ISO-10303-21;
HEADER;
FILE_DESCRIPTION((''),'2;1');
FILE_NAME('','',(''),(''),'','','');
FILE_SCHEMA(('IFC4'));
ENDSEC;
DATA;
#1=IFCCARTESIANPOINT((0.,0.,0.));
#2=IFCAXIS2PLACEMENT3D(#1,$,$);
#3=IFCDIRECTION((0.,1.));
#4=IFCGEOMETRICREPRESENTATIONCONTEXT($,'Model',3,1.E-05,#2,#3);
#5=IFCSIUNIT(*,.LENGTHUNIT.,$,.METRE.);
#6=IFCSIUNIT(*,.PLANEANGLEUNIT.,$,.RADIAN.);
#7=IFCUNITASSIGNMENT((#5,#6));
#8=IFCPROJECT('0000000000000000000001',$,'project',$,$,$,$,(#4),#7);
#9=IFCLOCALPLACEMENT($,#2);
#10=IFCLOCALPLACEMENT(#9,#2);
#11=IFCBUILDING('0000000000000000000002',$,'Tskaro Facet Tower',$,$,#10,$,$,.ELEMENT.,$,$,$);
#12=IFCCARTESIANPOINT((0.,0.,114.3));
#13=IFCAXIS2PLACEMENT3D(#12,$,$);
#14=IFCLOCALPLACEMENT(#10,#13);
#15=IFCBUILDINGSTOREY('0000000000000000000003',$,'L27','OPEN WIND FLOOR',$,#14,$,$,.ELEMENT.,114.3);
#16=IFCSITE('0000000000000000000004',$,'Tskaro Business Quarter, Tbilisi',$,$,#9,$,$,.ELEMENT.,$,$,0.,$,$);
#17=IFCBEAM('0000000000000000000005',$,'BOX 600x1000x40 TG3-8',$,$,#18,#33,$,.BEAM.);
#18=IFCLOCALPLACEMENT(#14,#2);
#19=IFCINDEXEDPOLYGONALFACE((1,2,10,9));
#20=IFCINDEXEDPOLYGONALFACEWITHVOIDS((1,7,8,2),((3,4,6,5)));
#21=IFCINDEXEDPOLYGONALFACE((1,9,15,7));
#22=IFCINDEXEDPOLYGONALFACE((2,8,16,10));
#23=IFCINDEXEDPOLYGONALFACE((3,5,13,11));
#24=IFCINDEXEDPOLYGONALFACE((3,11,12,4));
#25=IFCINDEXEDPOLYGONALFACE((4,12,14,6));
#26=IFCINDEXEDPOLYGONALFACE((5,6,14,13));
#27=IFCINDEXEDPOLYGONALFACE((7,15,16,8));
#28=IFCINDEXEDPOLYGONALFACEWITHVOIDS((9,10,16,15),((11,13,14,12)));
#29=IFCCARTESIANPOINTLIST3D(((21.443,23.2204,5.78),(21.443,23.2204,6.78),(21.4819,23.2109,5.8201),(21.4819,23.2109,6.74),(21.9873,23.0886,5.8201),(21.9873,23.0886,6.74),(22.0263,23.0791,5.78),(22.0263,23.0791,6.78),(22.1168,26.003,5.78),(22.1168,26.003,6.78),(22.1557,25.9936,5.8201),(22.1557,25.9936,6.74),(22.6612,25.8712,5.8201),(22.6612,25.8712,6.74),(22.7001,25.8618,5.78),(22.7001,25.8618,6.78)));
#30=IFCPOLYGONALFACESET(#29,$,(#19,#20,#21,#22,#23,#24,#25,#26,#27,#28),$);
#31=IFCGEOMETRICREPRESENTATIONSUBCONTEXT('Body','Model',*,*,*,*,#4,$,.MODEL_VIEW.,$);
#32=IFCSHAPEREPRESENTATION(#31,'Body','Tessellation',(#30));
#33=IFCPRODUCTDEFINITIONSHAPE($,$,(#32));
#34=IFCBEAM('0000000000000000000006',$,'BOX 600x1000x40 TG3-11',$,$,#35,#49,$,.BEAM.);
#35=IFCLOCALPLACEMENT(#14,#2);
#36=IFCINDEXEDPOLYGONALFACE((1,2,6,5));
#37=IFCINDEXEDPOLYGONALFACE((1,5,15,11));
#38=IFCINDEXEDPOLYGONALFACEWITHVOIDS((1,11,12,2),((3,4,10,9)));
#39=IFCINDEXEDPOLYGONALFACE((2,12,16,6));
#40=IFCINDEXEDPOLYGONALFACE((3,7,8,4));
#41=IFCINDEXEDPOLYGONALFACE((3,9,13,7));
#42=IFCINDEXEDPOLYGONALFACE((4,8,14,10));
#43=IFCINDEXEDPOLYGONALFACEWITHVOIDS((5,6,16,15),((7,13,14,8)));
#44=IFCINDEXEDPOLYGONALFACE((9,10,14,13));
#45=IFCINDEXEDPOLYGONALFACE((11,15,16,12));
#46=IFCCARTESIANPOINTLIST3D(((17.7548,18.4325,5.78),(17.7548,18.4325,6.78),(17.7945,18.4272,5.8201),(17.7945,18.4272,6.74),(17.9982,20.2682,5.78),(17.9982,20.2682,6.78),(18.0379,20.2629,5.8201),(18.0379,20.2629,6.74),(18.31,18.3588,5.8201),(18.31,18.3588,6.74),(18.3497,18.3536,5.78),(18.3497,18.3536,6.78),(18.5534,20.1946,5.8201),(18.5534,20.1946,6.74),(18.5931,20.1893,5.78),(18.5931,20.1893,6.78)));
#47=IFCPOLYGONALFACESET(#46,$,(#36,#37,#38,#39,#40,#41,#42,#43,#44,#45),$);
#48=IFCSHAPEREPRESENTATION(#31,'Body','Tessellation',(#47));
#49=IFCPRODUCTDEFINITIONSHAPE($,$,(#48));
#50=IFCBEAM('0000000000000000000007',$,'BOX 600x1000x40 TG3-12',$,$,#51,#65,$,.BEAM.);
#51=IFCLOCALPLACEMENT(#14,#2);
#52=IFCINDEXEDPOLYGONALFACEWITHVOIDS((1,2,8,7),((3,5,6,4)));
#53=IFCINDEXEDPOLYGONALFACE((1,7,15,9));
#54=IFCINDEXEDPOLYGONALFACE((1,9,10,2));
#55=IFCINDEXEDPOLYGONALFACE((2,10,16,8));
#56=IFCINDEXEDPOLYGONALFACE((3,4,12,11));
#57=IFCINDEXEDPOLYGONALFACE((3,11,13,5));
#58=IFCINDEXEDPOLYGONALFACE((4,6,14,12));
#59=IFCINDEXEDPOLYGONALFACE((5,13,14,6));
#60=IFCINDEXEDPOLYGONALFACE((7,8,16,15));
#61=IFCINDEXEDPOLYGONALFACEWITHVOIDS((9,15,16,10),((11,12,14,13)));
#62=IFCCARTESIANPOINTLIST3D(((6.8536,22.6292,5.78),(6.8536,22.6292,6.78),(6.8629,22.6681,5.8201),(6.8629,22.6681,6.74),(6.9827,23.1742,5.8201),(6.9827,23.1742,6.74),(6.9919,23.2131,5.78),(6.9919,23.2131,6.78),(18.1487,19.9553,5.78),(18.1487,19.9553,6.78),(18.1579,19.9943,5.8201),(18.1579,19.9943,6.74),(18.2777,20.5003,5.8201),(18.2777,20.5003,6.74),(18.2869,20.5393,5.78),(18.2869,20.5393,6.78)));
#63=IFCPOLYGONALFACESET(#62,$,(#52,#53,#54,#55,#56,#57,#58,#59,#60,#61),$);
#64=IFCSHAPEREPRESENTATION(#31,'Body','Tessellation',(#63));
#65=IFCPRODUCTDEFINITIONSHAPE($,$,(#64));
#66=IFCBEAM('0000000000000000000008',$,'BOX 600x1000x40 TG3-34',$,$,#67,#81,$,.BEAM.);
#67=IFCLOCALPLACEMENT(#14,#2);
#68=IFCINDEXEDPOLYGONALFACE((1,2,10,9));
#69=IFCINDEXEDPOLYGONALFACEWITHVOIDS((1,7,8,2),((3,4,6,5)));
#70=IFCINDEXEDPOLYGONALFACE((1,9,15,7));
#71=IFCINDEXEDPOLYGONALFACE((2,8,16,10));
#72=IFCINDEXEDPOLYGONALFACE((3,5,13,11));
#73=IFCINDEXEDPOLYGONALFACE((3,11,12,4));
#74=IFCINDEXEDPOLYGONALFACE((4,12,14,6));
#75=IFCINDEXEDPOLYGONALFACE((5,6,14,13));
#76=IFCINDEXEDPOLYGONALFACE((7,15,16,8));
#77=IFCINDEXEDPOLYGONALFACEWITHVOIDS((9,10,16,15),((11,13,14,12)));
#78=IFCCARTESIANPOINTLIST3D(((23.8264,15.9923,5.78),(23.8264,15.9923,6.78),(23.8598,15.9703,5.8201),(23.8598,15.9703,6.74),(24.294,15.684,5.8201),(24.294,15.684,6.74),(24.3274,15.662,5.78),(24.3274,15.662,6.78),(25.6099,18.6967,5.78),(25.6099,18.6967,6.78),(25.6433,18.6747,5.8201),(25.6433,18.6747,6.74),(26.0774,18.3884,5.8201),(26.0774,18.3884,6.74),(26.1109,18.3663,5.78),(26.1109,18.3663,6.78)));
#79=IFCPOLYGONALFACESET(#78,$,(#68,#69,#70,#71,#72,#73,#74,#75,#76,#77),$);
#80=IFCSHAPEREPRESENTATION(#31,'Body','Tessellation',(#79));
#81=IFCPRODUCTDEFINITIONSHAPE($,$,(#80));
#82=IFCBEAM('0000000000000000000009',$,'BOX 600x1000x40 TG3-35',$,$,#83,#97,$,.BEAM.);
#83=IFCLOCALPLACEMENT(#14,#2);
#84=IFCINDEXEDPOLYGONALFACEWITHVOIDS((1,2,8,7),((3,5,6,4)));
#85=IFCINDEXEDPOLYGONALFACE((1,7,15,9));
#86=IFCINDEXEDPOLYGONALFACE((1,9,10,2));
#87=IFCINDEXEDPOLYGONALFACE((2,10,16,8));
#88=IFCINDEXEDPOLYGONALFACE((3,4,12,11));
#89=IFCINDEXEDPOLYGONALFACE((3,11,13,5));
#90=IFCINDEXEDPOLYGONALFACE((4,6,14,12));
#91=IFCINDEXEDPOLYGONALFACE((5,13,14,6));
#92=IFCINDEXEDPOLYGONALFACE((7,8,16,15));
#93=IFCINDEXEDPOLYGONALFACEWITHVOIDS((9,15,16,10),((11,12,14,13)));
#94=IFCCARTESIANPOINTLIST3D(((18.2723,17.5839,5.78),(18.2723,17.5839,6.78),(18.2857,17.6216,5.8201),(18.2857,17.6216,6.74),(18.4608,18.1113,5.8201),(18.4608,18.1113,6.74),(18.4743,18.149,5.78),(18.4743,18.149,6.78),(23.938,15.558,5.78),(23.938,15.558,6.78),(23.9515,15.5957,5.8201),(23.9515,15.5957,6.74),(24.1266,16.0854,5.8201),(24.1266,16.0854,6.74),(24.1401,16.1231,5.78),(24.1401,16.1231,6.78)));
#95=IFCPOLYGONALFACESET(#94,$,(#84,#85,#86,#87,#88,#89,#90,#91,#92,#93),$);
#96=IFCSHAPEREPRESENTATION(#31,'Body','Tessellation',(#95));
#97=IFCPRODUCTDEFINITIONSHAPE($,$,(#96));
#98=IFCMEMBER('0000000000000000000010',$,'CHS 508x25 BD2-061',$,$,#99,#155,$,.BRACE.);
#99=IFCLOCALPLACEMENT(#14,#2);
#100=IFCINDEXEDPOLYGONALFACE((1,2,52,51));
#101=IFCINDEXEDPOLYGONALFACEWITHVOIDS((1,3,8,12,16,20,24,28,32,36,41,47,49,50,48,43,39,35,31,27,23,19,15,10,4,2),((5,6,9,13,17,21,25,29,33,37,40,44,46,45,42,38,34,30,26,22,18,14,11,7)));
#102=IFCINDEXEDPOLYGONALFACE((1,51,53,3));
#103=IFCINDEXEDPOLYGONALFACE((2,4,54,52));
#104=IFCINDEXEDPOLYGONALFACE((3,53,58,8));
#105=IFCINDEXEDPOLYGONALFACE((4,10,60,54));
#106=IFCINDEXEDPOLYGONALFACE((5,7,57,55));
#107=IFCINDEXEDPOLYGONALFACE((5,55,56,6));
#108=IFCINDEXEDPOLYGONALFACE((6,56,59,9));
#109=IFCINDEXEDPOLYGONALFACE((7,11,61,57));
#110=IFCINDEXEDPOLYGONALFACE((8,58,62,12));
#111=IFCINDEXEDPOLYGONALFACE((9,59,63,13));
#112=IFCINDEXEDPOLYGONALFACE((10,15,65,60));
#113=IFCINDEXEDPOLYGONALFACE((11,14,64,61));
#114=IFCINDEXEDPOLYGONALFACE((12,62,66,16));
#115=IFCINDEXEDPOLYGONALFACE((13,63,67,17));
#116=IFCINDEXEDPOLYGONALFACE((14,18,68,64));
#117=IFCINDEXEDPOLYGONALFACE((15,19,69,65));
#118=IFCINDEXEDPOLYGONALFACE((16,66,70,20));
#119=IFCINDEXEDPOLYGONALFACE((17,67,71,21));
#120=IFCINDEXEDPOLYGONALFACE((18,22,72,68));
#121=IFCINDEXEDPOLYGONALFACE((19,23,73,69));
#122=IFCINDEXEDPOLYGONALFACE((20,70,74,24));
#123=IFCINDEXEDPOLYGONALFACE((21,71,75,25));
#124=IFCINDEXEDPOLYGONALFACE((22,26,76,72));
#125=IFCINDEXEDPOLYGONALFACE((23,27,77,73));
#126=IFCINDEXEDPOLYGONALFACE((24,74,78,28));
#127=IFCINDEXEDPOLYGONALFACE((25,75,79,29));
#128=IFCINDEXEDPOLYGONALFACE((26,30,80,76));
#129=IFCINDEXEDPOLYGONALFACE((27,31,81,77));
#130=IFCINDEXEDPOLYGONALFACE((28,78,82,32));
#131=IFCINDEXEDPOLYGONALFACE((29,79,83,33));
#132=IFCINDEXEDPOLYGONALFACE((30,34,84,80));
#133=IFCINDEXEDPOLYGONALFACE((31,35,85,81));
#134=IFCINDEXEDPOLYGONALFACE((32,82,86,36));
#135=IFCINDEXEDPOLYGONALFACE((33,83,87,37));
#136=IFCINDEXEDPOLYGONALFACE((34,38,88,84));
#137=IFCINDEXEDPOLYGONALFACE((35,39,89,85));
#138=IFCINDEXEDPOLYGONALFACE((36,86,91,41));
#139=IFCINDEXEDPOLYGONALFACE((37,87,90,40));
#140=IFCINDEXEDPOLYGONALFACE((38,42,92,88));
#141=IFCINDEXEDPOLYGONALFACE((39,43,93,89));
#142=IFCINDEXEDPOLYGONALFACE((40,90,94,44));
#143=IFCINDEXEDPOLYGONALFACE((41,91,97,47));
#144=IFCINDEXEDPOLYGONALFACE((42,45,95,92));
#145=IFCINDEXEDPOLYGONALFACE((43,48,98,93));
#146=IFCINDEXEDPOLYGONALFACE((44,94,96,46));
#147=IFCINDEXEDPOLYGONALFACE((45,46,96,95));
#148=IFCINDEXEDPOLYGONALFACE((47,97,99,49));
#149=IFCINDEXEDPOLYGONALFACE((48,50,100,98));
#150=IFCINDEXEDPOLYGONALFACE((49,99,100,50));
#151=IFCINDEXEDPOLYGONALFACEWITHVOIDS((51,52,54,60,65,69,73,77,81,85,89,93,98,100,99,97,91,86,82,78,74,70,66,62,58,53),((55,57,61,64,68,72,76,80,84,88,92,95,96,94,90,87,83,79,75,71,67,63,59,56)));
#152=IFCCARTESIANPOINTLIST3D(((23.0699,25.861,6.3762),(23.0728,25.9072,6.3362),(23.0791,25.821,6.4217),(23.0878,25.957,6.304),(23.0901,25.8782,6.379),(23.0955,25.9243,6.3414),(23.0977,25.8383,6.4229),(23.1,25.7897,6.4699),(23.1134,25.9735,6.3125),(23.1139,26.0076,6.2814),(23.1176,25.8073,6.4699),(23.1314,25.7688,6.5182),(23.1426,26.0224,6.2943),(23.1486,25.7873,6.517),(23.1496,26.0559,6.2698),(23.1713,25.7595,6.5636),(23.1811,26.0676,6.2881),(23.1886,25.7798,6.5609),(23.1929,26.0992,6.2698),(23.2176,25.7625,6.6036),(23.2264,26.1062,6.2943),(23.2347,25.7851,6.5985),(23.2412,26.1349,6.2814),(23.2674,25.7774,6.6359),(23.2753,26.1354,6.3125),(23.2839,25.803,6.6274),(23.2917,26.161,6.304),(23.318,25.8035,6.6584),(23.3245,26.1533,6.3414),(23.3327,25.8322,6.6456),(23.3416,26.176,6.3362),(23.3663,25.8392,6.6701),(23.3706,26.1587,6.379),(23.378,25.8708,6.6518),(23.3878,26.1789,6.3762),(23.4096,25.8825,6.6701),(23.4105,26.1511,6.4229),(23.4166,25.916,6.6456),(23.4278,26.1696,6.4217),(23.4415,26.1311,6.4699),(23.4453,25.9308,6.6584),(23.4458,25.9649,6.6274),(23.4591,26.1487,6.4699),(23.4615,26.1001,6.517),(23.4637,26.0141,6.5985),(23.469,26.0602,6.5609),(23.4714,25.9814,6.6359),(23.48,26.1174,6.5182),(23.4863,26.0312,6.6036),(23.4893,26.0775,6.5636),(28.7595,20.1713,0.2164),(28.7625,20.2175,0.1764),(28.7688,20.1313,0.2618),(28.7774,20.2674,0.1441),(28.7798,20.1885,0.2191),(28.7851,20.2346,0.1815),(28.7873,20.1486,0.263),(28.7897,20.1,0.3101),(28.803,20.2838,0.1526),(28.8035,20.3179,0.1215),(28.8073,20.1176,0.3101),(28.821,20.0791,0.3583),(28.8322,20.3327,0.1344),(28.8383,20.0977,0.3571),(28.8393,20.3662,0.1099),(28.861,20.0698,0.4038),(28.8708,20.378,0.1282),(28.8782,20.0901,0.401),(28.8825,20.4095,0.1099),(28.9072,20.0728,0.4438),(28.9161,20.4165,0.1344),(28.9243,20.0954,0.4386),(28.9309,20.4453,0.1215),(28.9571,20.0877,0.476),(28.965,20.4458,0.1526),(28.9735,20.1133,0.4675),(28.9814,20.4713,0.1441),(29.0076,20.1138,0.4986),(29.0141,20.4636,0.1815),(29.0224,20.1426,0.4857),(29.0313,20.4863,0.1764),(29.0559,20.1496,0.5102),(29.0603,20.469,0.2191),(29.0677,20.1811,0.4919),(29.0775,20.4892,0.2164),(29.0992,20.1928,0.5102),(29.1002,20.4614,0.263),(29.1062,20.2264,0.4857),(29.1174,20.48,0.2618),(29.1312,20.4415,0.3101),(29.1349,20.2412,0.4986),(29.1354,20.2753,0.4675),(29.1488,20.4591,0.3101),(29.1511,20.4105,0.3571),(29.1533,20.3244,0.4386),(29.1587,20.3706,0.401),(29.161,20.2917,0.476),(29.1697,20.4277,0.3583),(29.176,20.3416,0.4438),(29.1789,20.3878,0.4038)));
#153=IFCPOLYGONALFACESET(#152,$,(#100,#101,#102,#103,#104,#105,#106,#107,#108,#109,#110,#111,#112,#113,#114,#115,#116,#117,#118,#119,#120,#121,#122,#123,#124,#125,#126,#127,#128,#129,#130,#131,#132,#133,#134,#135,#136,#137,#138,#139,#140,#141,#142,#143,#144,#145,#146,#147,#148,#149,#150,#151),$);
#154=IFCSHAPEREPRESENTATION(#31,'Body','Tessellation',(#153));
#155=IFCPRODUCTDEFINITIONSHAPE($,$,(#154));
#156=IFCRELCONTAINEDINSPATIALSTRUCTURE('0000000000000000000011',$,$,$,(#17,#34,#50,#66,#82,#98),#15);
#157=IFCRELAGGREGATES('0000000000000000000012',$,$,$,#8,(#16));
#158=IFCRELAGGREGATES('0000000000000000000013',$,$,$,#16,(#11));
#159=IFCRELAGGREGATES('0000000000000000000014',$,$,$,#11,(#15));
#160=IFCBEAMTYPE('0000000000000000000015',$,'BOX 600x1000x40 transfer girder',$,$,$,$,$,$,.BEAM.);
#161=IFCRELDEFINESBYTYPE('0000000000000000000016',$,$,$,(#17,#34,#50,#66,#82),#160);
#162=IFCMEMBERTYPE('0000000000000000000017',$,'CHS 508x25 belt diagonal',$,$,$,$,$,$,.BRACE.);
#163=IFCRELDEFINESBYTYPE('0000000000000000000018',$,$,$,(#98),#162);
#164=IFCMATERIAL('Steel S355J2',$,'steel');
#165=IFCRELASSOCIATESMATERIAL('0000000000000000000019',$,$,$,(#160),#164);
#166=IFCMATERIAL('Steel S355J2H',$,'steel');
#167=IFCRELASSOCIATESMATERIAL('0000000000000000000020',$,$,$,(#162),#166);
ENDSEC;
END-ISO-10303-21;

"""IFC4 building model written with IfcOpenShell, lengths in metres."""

from ifc_helpers import new_model, si_unit, direction, frame, origin, origin_2d, place, context, subcontext, project, spatial, hollow_rectangle, hollow_circle, extrude, material, material_profile, profile_set, type_object, element, save


model = new_model("IFC4")

# Units and contexts
model_context = context("Model", 3, precision=1e-05, world=origin(), true_north=direction((0.0, 1.0)))
body_context = subcontext(model_context, "Body", "Model", "MODEL_VIEW")
ifc_project = project(units=[si_unit("LENGTHUNIT", "METRE"), si_unit("PLANEANGLEUNIT", "RADIAN")], contexts=[model_context])

# Site, building, storey
site_placement = place(None, origin())
site = spatial("IfcSite", under=ifc_project, at=site_placement, Name="Tskaro Business Quarter, Tbilisi", CompositionType="ELEMENT", RefElevation=0.0)
building_placement = place(site_placement, origin())
building = spatial("IfcBuilding", under=site, at=building_placement, Name="Tskaro Facet Tower", CompositionType="ELEMENT")
storey_placement = place(building_placement, frame((0.0, 0.0, 114.3)))
storey = spatial("IfcBuildingStorey", under=building, at=storey_placement, Name="L27", Description="OPEN WIND FLOOR", CompositionType="ELEMENT", Elevation=114.3)

# Shared definitions
ifc_material_1 = material(Name="Steel S355J2H", Category="steel")

# Beams
ifc_material_2 = material(Name="Steel S355J2", Category="steel")
ifc_material_profile_1 = material_profile(ifc_material_2, hollow_rectangle(XDim=0.6001, YDim=1.0, WallThickness=0.04, at=origin_2d()), Name="BOX 600x1000x40")
ifc_profile_set_1 = profile_set([ifc_material_profile_1], Name="Steel S355J2")
beam_type_1 = type_object("IfcBeamType", Name="BOX 600x1000x40 transfer girder", PredefinedType="BEAM", material=ifc_profile_set_1)
for number, where, z_axis, x_axis, name in (
    (1, (22.4084, 25.9324, 6.28), (-0.235346, -0.971912, 0.0), (0.971912, -0.235346, 0.0), "BOX 600x1000x40 TG3-8"),
):
    element("IfcBeam", number, at=place(storey_placement, frame(where, z_axis=z_axis, x_axis=x_axis)), inside=storey, type_object=beam_type_1, Name=name, PredefinedType="BEAM", context=body_context, shape_type="SweptSolid", body=[
        extrude(hollow_rectangle(XDim=0.6001, YDim=1.0, WallThickness=0.04, at=origin_2d()), origin(), (0.0, 0.0, 1.0), 2.863),
    ])
beam_1_placement = place(storey_placement, frame((18.2957, 20.2288, 6.28), z_axis=(-0.131447, -0.991323, 0.0), x_axis=(0.991323, -0.131447, 0.0)))
element("IfcBeam", 2, at=beam_1_placement, inside=storey, type_object=beam_type_1, Name="BOX 600x1000x40 TG3-11", PredefinedType="BEAM", context=body_context, shape_type="SweptSolid", body=[
    extrude(hollow_rectangle(XDim=0.6001, YDim=1.0, WallThickness=0.04, at=origin_2d()), origin(), (0.0, 0.0, 1.0), 1.8518),
])
beam_2_placement = place(storey_placement, frame((18.2178, 20.2473, 6.28), z_axis=(-0.973105, 0.230362, 0.0), x_axis=(-0.230362, -0.973105, 0.0)))
element("IfcBeam", 3, at=beam_2_placement, inside=storey, type_object=beam_type_1, Name="BOX 600x1000x40 TG3-12", PredefinedType="BEAM", context=body_context, shape_type="SweptSolid", body=[
    extrude(hollow_rectangle(XDim=0.6001, YDim=1.0, WallThickness=0.04, at=origin_2d()), origin(), (0.0, 0.0, 1.0), 11.6072),
])
beam_3_placement = place(storey_placement, frame((24.0769, 15.8271, 6.28), z_axis=(0.550537, 0.834811, 0.0), x_axis=(-0.834811, 0.550537, 0.0)))
element("IfcBeam", 4, at=beam_3_placement, inside=storey, type_object=beam_type_1, Name="BOX 600x1000x40 TG3-34", PredefinedType="BEAM", context=body_context, shape_type="SweptSolid", body=[
    extrude(hollow_rectangle(XDim=0.6001, YDim=1.0, WallThickness=0.04, at=origin_2d()), origin(), (0.0, 0.0, 1.0), 3.2395),
])
beam_4_placement = place(storey_placement, frame((24.0391, 15.8406, 6.28), z_axis=(-0.941616, 0.336689, 0.0), x_axis=(-0.336689, -0.941616, 0.0)))
element("IfcBeam", 5, at=beam_4_placement, inside=storey, type_object=beam_type_1, Name="BOX 600x1000x40 TG3-35", PredefinedType="BEAM", context=body_context, shape_type="SweptSolid", body=[
    extrude(hollow_rectangle(XDim=0.6001, YDim=1.0, WallThickness=0.04, at=origin_2d()), origin(), (0.0, 0.0, 1.0), 6.0171),
])

# Member
ifc_material_profile_2 = material_profile(ifc_material_1, hollow_circle(Radius=0.2539, WallThickness=0.0249, at=origin_2d()), Name="CHS 508x25")
ifc_profile_set_2 = profile_set([ifc_material_profile_2], Name="Steel S355J2H")
member_type_1 = type_object("IfcMemberType", Name="CHS 508x25 belt diagonal", PredefinedType="BRACE", material=ifc_profile_set_2)
member_1_placement = place(storey_placement, frame((28.9692, 20.2795, 0.3101), z_axis=(-0.561469, 0.561469, 0.60787), x_axis=(-0.707107, -0.707107, 0.0)))
element("IfcMember", 6, at=member_1_placement, inside=storey, type_object=member_type_1, Name="CHS 508x25 BD2-061", PredefinedType="BRACE", context=body_context, shape_type="SweptSolid", body=[
    extrude(hollow_circle(Radius=0.2539, WallThickness=0.0249, at=origin_2d()), origin(), (0.0, 0.0, 1.0), 10.1335),
])

save(model, "model.ifc")
